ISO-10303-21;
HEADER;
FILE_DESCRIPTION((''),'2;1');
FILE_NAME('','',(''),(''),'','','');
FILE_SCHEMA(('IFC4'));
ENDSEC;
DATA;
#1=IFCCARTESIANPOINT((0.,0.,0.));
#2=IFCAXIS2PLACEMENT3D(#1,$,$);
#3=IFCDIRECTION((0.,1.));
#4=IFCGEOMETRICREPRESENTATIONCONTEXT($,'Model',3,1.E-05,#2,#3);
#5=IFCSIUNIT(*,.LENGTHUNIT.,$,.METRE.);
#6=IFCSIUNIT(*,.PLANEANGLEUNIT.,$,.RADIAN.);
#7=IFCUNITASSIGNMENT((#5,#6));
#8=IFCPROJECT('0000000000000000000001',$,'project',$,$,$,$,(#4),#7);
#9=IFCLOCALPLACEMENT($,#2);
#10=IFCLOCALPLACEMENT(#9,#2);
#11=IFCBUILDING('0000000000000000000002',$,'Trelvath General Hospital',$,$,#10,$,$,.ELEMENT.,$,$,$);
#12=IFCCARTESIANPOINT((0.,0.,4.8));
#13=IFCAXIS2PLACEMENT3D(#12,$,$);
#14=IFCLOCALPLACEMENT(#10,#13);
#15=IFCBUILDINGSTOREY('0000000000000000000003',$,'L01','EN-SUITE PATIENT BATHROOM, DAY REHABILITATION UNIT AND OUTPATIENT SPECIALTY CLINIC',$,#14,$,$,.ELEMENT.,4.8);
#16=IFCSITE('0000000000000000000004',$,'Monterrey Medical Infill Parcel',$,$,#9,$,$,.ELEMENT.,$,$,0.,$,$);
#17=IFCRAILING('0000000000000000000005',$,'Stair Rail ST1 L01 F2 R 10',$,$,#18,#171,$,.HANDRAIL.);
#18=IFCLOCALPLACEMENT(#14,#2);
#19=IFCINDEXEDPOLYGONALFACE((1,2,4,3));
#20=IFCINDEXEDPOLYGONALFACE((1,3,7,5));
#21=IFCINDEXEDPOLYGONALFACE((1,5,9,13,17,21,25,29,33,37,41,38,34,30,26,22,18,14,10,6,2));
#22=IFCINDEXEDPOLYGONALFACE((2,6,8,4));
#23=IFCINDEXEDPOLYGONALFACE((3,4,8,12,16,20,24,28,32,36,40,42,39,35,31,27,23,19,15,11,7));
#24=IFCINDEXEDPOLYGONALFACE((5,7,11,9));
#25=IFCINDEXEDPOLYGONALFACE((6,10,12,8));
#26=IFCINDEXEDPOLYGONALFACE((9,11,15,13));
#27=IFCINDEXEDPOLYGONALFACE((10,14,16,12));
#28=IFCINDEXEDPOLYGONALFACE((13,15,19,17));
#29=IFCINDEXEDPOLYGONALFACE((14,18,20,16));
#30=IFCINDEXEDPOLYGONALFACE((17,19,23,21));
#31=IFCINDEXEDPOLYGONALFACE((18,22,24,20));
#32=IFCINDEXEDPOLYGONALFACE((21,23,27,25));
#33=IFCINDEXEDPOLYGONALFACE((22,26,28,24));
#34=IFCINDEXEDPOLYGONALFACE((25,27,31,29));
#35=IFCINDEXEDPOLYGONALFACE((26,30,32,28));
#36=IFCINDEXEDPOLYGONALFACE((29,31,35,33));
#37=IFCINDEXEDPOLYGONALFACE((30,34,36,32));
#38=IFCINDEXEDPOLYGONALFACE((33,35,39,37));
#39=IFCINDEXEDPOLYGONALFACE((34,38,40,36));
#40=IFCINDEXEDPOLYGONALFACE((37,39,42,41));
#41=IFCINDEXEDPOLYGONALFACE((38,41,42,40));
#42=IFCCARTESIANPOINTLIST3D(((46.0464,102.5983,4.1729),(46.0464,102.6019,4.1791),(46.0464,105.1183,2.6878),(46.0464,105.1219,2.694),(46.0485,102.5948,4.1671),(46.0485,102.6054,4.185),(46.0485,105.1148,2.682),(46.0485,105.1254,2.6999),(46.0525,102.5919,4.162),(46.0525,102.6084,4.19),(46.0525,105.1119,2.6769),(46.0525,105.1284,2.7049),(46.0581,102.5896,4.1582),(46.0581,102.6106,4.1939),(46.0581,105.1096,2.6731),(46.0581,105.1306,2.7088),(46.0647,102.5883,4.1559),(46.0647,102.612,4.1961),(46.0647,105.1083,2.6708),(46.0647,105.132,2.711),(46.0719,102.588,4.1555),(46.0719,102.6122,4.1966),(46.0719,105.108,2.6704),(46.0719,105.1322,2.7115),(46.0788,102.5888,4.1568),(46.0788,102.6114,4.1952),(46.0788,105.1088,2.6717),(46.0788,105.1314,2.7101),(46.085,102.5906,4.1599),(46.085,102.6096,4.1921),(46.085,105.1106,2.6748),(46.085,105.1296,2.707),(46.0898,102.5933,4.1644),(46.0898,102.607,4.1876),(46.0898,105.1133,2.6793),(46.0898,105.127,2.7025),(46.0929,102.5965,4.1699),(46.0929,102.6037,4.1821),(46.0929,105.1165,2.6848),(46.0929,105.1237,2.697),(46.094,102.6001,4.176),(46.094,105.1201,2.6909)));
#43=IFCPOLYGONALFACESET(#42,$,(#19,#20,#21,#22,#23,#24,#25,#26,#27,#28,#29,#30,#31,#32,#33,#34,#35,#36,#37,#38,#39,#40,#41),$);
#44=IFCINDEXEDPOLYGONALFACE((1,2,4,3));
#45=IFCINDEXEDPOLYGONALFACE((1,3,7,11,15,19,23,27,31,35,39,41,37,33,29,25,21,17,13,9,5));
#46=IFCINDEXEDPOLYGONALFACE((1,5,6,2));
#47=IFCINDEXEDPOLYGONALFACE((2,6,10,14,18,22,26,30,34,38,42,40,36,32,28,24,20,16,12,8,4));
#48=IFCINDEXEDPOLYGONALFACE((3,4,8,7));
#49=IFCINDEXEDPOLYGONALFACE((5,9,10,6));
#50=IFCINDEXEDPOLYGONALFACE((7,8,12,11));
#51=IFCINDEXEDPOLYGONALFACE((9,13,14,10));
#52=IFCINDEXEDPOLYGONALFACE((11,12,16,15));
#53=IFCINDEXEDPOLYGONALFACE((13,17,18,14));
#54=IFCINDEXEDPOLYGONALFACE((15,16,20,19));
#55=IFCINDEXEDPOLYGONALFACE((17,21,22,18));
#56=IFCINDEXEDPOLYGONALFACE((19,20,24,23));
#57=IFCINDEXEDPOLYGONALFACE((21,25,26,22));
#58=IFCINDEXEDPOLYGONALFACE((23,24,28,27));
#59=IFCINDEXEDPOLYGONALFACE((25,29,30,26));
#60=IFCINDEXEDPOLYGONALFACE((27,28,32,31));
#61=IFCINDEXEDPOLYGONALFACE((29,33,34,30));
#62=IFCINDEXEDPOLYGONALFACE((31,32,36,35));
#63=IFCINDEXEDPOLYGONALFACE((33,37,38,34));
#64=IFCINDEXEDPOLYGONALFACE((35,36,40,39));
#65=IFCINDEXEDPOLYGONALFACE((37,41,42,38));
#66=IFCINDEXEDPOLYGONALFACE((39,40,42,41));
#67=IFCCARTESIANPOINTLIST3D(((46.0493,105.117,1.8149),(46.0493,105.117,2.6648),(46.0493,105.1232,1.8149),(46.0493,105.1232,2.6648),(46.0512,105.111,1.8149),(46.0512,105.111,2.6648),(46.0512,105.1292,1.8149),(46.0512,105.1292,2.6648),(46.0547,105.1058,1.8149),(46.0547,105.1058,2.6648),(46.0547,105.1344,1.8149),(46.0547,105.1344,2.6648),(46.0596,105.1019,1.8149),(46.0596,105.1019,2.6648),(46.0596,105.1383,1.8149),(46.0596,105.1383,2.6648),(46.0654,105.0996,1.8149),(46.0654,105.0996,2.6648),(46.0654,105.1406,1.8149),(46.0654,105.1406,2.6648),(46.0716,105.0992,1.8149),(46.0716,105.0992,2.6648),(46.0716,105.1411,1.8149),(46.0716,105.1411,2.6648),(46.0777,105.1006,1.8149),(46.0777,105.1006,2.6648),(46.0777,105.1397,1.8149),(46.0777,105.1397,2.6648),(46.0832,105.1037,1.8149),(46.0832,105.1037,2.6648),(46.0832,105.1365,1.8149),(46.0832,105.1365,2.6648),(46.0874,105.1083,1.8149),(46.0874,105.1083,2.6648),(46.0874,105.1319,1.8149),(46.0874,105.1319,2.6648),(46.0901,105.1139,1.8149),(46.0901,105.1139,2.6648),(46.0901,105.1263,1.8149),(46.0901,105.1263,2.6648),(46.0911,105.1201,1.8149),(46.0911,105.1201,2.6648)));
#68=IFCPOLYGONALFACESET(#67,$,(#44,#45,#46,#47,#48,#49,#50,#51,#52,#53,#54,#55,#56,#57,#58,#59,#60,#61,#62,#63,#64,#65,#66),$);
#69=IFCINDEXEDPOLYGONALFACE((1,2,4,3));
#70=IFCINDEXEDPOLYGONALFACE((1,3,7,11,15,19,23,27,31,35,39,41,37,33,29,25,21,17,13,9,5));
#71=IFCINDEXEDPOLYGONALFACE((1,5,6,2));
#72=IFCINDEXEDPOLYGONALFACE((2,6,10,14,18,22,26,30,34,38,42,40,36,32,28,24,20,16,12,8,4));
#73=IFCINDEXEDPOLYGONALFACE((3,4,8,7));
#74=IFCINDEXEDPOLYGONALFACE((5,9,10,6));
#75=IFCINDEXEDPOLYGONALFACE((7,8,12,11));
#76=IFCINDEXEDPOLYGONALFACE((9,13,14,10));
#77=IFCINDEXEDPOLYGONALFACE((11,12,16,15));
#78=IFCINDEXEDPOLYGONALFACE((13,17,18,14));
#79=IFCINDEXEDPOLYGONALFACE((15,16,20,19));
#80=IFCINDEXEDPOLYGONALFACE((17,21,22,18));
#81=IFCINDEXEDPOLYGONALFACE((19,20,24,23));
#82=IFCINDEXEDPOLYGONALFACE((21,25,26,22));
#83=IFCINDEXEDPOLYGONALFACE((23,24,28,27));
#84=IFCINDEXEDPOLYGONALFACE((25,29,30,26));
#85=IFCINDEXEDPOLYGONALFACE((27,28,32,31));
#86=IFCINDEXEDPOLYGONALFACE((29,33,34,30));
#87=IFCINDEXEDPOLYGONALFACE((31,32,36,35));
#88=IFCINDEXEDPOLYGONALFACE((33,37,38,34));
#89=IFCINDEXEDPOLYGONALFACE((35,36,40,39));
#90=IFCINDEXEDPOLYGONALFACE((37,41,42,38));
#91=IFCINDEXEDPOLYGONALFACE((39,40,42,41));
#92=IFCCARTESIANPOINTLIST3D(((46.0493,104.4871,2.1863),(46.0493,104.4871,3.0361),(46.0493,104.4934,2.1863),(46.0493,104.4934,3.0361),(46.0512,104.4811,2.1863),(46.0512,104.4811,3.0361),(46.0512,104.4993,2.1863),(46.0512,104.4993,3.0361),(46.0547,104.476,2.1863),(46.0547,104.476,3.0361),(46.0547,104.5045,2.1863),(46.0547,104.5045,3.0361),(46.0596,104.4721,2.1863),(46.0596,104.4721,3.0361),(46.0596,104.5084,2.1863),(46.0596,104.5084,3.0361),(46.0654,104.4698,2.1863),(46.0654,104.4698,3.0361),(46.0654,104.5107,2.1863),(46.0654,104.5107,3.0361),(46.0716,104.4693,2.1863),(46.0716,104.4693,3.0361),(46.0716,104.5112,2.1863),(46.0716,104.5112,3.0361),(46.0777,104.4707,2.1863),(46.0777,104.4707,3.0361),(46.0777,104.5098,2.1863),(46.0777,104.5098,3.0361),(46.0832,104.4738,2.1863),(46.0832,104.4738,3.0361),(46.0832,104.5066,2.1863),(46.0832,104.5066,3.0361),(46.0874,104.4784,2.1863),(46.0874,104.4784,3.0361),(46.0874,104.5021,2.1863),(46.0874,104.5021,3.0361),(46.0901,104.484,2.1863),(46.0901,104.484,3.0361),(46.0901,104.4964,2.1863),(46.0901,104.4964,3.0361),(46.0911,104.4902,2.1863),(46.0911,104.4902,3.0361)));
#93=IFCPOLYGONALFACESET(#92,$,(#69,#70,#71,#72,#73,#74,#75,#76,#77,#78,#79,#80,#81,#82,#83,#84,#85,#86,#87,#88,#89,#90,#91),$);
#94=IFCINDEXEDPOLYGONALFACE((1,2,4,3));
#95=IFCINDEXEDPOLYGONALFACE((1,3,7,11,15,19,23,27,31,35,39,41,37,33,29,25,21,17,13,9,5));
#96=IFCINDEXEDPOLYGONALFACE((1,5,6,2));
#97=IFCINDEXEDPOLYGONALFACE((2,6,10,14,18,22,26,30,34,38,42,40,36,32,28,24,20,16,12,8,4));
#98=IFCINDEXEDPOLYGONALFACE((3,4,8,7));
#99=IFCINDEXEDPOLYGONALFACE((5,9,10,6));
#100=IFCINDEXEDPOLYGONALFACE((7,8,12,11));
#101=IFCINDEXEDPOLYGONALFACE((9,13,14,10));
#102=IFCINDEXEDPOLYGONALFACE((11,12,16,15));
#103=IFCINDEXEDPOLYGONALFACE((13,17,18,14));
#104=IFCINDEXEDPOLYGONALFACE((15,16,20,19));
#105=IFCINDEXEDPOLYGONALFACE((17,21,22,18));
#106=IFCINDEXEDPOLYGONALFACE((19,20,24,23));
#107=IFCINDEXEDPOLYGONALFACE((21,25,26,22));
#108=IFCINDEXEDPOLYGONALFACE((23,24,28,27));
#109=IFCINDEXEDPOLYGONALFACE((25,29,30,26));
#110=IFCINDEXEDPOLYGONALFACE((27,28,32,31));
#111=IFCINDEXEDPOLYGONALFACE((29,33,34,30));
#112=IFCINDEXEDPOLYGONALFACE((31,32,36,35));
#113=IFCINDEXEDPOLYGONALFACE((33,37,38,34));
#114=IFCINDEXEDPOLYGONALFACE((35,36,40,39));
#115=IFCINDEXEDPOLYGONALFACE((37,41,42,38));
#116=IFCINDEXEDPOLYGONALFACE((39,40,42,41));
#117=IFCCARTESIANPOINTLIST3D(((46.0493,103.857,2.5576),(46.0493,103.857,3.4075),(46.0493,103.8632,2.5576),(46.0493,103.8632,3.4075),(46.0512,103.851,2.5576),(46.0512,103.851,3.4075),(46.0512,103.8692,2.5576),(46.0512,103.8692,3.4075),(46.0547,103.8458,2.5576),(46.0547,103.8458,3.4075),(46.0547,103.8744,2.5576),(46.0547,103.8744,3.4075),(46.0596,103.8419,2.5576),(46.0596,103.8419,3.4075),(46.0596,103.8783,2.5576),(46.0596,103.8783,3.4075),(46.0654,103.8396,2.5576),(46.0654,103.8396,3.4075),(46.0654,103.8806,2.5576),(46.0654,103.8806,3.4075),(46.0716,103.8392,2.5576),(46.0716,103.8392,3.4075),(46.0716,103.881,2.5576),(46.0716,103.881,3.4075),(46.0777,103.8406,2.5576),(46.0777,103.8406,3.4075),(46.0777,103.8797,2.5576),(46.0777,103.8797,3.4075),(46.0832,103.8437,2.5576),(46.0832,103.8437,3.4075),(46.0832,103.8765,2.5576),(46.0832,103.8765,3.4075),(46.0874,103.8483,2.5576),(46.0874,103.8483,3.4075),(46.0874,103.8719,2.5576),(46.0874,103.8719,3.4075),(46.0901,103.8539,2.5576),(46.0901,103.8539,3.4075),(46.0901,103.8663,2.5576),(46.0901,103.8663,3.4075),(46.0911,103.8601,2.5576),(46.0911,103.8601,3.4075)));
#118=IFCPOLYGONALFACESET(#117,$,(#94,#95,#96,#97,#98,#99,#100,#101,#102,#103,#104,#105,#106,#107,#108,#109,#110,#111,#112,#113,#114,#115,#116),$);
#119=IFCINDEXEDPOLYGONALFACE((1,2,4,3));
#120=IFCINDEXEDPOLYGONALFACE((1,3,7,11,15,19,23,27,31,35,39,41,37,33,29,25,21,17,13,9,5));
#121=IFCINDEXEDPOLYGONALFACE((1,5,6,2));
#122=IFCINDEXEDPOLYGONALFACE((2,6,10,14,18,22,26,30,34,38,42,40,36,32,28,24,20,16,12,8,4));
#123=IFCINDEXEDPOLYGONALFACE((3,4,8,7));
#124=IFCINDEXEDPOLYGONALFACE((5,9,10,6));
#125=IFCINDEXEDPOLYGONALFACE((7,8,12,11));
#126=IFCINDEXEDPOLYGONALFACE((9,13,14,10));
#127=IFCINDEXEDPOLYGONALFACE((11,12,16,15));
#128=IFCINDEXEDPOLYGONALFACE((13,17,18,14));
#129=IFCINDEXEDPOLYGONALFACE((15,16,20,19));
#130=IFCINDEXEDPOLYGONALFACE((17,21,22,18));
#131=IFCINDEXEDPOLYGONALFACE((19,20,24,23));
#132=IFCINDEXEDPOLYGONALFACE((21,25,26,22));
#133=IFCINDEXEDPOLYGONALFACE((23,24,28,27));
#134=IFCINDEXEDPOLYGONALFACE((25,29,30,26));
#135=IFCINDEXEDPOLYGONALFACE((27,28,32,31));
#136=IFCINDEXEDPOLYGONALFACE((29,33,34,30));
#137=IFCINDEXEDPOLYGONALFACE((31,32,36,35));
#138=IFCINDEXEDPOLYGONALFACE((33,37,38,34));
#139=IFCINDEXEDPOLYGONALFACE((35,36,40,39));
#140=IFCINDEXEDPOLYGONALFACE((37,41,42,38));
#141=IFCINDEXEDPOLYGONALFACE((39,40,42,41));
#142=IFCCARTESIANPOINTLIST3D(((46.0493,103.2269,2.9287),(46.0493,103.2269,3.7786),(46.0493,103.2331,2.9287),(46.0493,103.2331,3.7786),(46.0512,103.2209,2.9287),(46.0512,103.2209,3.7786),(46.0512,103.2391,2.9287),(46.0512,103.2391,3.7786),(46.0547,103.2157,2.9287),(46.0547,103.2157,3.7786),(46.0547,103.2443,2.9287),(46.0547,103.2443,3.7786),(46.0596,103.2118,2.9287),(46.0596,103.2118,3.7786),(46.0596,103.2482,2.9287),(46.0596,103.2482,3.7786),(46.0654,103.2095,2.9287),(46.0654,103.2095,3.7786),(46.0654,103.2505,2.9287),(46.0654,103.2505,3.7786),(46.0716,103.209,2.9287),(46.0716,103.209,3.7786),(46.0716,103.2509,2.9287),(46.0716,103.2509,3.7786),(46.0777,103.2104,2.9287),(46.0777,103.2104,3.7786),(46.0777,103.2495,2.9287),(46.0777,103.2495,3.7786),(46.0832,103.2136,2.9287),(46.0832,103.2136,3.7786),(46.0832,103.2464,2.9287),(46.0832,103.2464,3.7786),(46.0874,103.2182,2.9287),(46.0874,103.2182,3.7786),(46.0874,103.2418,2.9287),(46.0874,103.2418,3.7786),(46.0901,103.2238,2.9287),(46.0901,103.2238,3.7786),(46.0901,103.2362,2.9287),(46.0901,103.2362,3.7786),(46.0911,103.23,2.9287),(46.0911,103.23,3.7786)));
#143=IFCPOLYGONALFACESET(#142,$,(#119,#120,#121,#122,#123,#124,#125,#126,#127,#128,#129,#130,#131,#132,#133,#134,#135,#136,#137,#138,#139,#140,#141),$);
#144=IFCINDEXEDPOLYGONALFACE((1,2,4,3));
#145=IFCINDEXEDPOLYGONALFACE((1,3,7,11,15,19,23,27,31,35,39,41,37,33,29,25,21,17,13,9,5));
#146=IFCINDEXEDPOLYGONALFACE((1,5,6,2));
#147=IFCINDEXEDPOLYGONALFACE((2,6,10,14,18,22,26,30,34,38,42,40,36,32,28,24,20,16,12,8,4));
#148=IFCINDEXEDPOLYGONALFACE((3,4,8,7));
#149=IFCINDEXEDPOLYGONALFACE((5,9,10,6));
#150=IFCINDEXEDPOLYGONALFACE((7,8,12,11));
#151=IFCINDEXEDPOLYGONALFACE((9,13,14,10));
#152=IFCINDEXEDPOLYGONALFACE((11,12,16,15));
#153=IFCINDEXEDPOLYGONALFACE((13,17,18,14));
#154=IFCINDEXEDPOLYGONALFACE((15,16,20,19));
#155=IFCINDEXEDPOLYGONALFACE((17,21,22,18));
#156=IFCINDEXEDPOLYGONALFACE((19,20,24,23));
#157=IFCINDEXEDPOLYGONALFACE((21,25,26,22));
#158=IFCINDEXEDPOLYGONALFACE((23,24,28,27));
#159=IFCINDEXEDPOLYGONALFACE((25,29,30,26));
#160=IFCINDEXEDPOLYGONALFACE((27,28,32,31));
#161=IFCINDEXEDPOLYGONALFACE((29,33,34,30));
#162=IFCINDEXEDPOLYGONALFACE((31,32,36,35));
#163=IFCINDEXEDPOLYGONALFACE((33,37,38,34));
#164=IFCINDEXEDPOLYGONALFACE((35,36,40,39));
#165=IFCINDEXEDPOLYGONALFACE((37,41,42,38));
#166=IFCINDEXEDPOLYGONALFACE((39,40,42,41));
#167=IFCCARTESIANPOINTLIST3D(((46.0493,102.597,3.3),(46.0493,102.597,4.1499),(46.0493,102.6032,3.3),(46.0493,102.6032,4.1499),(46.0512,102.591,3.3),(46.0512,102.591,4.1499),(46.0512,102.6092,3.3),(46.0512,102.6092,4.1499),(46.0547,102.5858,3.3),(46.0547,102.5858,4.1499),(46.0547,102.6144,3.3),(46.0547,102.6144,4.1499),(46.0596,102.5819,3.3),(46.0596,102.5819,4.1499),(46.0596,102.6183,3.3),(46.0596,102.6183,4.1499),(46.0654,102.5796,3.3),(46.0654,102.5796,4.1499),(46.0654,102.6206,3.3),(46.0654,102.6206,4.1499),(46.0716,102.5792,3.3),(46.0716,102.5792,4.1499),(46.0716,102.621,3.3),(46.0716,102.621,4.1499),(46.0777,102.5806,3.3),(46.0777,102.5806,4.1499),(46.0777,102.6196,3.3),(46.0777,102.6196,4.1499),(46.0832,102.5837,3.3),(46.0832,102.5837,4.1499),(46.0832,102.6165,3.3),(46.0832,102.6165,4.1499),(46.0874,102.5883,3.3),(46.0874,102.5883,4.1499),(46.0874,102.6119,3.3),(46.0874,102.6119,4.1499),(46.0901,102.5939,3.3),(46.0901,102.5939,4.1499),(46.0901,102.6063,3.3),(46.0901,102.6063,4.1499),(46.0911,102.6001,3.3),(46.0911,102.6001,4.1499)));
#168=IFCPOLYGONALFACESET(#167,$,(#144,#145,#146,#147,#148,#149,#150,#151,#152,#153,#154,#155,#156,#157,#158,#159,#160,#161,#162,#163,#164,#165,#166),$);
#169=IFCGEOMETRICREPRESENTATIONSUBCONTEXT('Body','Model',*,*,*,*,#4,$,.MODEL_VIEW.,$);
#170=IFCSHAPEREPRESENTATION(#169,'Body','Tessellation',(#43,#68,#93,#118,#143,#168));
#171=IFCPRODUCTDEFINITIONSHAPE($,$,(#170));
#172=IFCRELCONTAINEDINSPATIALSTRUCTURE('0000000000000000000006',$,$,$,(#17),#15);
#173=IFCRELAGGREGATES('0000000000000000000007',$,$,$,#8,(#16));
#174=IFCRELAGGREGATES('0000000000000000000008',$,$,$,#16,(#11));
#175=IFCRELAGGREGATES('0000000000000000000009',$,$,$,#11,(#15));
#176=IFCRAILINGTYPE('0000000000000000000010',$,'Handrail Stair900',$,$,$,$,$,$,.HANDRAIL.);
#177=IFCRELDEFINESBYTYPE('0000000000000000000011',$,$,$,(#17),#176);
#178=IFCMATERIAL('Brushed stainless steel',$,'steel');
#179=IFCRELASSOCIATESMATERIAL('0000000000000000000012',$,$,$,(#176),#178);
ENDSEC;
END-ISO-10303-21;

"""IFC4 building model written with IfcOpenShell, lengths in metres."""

from ifc_helpers import new_model, si_unit, direction, frame, origin, origin_2d, place, context, subcontext, project, spatial, circle, extrude, material, type_object, element, save


model = new_model("IFC4")

# Units and contexts
model_context = context("Model", 3, precision=1e-05, world=origin(), true_north=direction((0.0, 1.0)))
body_context = subcontext(model_context, "Body", "Model", "MODEL_VIEW")
ifc_project = project(units=[si_unit("LENGTHUNIT", "METRE"), si_unit("PLANEANGLEUNIT", "RADIAN")], contexts=[model_context])

# Site, building, storey
site_placement = place(None, origin())
site = spatial("IfcSite", under=ifc_project, at=site_placement, Name="Monterrey Medical Infill Parcel", CompositionType="ELEMENT", RefElevation=0.0)
building_placement = place(site_placement, origin())
building = spatial("IfcBuilding", under=site, at=building_placement, Name="Trelvath General Hospital", CompositionType="ELEMENT")
storey_placement = place(building_placement, frame((0.0, 0.0, 4.8)))
storey = spatial("IfcBuildingStorey", under=building, at=storey_placement, Name="L01", Description="EN-SUITE PATIENT BATHROOM, DAY REHABILITATION UNIT AND OUTPATIENT SPECIALTY CLINIC", CompositionType="ELEMENT", Elevation=4.8)

# Railing
ifc_material_1 = material(Name="Brushed stainless steel", Category="steel")
railing_type_1 = type_object("IfcRailingType", Name="Handrail Stair900", PredefinedType="HANDRAIL", material=ifc_material_1)
railing_1_placement = place(storey_placement, frame((46.0701, 105.1201, 1.8149)))
element("IfcRailing", 1, at=railing_1_placement, inside=storey, type_object=railing_type_1, Name="Stair Rail ST1 L01 F2 R 10", PredefinedType="HANDRAIL", context=body_context, shape_type="SweptSolid", body=[
    extrude(circle(Radius=0.0239, at=origin_2d()), frame((0.0, 0.0, 0.876), z_axis=(0.0, -0.861524, 0.507717), x_axis=(1.0, 0.0, 0.0)), (0.0, 0.0, 1.0), 2.925),
    extrude(circle(Radius=0.021, at=origin_2d()), origin(), (0.0, 0.0, 1.0), 0.8499),
    extrude(circle(Radius=0.021, at=origin_2d()), frame((0.0, -0.6299, 0.3713)), (0.0, 0.0, 1.0), 0.8499),
    extrude(circle(Radius=0.021, at=origin_2d()), frame((0.0, -1.26, 0.7427)), (0.0, 0.0, 1.0), 0.8499),
    extrude(circle(Radius=0.021, at=origin_2d()), frame((0.0, -1.8901, 1.1138)), (0.0, 0.0, 1.0), 0.8499),
    extrude(circle(Radius=0.021, at=origin_2d()), frame((0.0, -2.52, 1.4851)), (0.0, 0.0, 1.0), 0.8499),
])

save(model, "model.ifc")
